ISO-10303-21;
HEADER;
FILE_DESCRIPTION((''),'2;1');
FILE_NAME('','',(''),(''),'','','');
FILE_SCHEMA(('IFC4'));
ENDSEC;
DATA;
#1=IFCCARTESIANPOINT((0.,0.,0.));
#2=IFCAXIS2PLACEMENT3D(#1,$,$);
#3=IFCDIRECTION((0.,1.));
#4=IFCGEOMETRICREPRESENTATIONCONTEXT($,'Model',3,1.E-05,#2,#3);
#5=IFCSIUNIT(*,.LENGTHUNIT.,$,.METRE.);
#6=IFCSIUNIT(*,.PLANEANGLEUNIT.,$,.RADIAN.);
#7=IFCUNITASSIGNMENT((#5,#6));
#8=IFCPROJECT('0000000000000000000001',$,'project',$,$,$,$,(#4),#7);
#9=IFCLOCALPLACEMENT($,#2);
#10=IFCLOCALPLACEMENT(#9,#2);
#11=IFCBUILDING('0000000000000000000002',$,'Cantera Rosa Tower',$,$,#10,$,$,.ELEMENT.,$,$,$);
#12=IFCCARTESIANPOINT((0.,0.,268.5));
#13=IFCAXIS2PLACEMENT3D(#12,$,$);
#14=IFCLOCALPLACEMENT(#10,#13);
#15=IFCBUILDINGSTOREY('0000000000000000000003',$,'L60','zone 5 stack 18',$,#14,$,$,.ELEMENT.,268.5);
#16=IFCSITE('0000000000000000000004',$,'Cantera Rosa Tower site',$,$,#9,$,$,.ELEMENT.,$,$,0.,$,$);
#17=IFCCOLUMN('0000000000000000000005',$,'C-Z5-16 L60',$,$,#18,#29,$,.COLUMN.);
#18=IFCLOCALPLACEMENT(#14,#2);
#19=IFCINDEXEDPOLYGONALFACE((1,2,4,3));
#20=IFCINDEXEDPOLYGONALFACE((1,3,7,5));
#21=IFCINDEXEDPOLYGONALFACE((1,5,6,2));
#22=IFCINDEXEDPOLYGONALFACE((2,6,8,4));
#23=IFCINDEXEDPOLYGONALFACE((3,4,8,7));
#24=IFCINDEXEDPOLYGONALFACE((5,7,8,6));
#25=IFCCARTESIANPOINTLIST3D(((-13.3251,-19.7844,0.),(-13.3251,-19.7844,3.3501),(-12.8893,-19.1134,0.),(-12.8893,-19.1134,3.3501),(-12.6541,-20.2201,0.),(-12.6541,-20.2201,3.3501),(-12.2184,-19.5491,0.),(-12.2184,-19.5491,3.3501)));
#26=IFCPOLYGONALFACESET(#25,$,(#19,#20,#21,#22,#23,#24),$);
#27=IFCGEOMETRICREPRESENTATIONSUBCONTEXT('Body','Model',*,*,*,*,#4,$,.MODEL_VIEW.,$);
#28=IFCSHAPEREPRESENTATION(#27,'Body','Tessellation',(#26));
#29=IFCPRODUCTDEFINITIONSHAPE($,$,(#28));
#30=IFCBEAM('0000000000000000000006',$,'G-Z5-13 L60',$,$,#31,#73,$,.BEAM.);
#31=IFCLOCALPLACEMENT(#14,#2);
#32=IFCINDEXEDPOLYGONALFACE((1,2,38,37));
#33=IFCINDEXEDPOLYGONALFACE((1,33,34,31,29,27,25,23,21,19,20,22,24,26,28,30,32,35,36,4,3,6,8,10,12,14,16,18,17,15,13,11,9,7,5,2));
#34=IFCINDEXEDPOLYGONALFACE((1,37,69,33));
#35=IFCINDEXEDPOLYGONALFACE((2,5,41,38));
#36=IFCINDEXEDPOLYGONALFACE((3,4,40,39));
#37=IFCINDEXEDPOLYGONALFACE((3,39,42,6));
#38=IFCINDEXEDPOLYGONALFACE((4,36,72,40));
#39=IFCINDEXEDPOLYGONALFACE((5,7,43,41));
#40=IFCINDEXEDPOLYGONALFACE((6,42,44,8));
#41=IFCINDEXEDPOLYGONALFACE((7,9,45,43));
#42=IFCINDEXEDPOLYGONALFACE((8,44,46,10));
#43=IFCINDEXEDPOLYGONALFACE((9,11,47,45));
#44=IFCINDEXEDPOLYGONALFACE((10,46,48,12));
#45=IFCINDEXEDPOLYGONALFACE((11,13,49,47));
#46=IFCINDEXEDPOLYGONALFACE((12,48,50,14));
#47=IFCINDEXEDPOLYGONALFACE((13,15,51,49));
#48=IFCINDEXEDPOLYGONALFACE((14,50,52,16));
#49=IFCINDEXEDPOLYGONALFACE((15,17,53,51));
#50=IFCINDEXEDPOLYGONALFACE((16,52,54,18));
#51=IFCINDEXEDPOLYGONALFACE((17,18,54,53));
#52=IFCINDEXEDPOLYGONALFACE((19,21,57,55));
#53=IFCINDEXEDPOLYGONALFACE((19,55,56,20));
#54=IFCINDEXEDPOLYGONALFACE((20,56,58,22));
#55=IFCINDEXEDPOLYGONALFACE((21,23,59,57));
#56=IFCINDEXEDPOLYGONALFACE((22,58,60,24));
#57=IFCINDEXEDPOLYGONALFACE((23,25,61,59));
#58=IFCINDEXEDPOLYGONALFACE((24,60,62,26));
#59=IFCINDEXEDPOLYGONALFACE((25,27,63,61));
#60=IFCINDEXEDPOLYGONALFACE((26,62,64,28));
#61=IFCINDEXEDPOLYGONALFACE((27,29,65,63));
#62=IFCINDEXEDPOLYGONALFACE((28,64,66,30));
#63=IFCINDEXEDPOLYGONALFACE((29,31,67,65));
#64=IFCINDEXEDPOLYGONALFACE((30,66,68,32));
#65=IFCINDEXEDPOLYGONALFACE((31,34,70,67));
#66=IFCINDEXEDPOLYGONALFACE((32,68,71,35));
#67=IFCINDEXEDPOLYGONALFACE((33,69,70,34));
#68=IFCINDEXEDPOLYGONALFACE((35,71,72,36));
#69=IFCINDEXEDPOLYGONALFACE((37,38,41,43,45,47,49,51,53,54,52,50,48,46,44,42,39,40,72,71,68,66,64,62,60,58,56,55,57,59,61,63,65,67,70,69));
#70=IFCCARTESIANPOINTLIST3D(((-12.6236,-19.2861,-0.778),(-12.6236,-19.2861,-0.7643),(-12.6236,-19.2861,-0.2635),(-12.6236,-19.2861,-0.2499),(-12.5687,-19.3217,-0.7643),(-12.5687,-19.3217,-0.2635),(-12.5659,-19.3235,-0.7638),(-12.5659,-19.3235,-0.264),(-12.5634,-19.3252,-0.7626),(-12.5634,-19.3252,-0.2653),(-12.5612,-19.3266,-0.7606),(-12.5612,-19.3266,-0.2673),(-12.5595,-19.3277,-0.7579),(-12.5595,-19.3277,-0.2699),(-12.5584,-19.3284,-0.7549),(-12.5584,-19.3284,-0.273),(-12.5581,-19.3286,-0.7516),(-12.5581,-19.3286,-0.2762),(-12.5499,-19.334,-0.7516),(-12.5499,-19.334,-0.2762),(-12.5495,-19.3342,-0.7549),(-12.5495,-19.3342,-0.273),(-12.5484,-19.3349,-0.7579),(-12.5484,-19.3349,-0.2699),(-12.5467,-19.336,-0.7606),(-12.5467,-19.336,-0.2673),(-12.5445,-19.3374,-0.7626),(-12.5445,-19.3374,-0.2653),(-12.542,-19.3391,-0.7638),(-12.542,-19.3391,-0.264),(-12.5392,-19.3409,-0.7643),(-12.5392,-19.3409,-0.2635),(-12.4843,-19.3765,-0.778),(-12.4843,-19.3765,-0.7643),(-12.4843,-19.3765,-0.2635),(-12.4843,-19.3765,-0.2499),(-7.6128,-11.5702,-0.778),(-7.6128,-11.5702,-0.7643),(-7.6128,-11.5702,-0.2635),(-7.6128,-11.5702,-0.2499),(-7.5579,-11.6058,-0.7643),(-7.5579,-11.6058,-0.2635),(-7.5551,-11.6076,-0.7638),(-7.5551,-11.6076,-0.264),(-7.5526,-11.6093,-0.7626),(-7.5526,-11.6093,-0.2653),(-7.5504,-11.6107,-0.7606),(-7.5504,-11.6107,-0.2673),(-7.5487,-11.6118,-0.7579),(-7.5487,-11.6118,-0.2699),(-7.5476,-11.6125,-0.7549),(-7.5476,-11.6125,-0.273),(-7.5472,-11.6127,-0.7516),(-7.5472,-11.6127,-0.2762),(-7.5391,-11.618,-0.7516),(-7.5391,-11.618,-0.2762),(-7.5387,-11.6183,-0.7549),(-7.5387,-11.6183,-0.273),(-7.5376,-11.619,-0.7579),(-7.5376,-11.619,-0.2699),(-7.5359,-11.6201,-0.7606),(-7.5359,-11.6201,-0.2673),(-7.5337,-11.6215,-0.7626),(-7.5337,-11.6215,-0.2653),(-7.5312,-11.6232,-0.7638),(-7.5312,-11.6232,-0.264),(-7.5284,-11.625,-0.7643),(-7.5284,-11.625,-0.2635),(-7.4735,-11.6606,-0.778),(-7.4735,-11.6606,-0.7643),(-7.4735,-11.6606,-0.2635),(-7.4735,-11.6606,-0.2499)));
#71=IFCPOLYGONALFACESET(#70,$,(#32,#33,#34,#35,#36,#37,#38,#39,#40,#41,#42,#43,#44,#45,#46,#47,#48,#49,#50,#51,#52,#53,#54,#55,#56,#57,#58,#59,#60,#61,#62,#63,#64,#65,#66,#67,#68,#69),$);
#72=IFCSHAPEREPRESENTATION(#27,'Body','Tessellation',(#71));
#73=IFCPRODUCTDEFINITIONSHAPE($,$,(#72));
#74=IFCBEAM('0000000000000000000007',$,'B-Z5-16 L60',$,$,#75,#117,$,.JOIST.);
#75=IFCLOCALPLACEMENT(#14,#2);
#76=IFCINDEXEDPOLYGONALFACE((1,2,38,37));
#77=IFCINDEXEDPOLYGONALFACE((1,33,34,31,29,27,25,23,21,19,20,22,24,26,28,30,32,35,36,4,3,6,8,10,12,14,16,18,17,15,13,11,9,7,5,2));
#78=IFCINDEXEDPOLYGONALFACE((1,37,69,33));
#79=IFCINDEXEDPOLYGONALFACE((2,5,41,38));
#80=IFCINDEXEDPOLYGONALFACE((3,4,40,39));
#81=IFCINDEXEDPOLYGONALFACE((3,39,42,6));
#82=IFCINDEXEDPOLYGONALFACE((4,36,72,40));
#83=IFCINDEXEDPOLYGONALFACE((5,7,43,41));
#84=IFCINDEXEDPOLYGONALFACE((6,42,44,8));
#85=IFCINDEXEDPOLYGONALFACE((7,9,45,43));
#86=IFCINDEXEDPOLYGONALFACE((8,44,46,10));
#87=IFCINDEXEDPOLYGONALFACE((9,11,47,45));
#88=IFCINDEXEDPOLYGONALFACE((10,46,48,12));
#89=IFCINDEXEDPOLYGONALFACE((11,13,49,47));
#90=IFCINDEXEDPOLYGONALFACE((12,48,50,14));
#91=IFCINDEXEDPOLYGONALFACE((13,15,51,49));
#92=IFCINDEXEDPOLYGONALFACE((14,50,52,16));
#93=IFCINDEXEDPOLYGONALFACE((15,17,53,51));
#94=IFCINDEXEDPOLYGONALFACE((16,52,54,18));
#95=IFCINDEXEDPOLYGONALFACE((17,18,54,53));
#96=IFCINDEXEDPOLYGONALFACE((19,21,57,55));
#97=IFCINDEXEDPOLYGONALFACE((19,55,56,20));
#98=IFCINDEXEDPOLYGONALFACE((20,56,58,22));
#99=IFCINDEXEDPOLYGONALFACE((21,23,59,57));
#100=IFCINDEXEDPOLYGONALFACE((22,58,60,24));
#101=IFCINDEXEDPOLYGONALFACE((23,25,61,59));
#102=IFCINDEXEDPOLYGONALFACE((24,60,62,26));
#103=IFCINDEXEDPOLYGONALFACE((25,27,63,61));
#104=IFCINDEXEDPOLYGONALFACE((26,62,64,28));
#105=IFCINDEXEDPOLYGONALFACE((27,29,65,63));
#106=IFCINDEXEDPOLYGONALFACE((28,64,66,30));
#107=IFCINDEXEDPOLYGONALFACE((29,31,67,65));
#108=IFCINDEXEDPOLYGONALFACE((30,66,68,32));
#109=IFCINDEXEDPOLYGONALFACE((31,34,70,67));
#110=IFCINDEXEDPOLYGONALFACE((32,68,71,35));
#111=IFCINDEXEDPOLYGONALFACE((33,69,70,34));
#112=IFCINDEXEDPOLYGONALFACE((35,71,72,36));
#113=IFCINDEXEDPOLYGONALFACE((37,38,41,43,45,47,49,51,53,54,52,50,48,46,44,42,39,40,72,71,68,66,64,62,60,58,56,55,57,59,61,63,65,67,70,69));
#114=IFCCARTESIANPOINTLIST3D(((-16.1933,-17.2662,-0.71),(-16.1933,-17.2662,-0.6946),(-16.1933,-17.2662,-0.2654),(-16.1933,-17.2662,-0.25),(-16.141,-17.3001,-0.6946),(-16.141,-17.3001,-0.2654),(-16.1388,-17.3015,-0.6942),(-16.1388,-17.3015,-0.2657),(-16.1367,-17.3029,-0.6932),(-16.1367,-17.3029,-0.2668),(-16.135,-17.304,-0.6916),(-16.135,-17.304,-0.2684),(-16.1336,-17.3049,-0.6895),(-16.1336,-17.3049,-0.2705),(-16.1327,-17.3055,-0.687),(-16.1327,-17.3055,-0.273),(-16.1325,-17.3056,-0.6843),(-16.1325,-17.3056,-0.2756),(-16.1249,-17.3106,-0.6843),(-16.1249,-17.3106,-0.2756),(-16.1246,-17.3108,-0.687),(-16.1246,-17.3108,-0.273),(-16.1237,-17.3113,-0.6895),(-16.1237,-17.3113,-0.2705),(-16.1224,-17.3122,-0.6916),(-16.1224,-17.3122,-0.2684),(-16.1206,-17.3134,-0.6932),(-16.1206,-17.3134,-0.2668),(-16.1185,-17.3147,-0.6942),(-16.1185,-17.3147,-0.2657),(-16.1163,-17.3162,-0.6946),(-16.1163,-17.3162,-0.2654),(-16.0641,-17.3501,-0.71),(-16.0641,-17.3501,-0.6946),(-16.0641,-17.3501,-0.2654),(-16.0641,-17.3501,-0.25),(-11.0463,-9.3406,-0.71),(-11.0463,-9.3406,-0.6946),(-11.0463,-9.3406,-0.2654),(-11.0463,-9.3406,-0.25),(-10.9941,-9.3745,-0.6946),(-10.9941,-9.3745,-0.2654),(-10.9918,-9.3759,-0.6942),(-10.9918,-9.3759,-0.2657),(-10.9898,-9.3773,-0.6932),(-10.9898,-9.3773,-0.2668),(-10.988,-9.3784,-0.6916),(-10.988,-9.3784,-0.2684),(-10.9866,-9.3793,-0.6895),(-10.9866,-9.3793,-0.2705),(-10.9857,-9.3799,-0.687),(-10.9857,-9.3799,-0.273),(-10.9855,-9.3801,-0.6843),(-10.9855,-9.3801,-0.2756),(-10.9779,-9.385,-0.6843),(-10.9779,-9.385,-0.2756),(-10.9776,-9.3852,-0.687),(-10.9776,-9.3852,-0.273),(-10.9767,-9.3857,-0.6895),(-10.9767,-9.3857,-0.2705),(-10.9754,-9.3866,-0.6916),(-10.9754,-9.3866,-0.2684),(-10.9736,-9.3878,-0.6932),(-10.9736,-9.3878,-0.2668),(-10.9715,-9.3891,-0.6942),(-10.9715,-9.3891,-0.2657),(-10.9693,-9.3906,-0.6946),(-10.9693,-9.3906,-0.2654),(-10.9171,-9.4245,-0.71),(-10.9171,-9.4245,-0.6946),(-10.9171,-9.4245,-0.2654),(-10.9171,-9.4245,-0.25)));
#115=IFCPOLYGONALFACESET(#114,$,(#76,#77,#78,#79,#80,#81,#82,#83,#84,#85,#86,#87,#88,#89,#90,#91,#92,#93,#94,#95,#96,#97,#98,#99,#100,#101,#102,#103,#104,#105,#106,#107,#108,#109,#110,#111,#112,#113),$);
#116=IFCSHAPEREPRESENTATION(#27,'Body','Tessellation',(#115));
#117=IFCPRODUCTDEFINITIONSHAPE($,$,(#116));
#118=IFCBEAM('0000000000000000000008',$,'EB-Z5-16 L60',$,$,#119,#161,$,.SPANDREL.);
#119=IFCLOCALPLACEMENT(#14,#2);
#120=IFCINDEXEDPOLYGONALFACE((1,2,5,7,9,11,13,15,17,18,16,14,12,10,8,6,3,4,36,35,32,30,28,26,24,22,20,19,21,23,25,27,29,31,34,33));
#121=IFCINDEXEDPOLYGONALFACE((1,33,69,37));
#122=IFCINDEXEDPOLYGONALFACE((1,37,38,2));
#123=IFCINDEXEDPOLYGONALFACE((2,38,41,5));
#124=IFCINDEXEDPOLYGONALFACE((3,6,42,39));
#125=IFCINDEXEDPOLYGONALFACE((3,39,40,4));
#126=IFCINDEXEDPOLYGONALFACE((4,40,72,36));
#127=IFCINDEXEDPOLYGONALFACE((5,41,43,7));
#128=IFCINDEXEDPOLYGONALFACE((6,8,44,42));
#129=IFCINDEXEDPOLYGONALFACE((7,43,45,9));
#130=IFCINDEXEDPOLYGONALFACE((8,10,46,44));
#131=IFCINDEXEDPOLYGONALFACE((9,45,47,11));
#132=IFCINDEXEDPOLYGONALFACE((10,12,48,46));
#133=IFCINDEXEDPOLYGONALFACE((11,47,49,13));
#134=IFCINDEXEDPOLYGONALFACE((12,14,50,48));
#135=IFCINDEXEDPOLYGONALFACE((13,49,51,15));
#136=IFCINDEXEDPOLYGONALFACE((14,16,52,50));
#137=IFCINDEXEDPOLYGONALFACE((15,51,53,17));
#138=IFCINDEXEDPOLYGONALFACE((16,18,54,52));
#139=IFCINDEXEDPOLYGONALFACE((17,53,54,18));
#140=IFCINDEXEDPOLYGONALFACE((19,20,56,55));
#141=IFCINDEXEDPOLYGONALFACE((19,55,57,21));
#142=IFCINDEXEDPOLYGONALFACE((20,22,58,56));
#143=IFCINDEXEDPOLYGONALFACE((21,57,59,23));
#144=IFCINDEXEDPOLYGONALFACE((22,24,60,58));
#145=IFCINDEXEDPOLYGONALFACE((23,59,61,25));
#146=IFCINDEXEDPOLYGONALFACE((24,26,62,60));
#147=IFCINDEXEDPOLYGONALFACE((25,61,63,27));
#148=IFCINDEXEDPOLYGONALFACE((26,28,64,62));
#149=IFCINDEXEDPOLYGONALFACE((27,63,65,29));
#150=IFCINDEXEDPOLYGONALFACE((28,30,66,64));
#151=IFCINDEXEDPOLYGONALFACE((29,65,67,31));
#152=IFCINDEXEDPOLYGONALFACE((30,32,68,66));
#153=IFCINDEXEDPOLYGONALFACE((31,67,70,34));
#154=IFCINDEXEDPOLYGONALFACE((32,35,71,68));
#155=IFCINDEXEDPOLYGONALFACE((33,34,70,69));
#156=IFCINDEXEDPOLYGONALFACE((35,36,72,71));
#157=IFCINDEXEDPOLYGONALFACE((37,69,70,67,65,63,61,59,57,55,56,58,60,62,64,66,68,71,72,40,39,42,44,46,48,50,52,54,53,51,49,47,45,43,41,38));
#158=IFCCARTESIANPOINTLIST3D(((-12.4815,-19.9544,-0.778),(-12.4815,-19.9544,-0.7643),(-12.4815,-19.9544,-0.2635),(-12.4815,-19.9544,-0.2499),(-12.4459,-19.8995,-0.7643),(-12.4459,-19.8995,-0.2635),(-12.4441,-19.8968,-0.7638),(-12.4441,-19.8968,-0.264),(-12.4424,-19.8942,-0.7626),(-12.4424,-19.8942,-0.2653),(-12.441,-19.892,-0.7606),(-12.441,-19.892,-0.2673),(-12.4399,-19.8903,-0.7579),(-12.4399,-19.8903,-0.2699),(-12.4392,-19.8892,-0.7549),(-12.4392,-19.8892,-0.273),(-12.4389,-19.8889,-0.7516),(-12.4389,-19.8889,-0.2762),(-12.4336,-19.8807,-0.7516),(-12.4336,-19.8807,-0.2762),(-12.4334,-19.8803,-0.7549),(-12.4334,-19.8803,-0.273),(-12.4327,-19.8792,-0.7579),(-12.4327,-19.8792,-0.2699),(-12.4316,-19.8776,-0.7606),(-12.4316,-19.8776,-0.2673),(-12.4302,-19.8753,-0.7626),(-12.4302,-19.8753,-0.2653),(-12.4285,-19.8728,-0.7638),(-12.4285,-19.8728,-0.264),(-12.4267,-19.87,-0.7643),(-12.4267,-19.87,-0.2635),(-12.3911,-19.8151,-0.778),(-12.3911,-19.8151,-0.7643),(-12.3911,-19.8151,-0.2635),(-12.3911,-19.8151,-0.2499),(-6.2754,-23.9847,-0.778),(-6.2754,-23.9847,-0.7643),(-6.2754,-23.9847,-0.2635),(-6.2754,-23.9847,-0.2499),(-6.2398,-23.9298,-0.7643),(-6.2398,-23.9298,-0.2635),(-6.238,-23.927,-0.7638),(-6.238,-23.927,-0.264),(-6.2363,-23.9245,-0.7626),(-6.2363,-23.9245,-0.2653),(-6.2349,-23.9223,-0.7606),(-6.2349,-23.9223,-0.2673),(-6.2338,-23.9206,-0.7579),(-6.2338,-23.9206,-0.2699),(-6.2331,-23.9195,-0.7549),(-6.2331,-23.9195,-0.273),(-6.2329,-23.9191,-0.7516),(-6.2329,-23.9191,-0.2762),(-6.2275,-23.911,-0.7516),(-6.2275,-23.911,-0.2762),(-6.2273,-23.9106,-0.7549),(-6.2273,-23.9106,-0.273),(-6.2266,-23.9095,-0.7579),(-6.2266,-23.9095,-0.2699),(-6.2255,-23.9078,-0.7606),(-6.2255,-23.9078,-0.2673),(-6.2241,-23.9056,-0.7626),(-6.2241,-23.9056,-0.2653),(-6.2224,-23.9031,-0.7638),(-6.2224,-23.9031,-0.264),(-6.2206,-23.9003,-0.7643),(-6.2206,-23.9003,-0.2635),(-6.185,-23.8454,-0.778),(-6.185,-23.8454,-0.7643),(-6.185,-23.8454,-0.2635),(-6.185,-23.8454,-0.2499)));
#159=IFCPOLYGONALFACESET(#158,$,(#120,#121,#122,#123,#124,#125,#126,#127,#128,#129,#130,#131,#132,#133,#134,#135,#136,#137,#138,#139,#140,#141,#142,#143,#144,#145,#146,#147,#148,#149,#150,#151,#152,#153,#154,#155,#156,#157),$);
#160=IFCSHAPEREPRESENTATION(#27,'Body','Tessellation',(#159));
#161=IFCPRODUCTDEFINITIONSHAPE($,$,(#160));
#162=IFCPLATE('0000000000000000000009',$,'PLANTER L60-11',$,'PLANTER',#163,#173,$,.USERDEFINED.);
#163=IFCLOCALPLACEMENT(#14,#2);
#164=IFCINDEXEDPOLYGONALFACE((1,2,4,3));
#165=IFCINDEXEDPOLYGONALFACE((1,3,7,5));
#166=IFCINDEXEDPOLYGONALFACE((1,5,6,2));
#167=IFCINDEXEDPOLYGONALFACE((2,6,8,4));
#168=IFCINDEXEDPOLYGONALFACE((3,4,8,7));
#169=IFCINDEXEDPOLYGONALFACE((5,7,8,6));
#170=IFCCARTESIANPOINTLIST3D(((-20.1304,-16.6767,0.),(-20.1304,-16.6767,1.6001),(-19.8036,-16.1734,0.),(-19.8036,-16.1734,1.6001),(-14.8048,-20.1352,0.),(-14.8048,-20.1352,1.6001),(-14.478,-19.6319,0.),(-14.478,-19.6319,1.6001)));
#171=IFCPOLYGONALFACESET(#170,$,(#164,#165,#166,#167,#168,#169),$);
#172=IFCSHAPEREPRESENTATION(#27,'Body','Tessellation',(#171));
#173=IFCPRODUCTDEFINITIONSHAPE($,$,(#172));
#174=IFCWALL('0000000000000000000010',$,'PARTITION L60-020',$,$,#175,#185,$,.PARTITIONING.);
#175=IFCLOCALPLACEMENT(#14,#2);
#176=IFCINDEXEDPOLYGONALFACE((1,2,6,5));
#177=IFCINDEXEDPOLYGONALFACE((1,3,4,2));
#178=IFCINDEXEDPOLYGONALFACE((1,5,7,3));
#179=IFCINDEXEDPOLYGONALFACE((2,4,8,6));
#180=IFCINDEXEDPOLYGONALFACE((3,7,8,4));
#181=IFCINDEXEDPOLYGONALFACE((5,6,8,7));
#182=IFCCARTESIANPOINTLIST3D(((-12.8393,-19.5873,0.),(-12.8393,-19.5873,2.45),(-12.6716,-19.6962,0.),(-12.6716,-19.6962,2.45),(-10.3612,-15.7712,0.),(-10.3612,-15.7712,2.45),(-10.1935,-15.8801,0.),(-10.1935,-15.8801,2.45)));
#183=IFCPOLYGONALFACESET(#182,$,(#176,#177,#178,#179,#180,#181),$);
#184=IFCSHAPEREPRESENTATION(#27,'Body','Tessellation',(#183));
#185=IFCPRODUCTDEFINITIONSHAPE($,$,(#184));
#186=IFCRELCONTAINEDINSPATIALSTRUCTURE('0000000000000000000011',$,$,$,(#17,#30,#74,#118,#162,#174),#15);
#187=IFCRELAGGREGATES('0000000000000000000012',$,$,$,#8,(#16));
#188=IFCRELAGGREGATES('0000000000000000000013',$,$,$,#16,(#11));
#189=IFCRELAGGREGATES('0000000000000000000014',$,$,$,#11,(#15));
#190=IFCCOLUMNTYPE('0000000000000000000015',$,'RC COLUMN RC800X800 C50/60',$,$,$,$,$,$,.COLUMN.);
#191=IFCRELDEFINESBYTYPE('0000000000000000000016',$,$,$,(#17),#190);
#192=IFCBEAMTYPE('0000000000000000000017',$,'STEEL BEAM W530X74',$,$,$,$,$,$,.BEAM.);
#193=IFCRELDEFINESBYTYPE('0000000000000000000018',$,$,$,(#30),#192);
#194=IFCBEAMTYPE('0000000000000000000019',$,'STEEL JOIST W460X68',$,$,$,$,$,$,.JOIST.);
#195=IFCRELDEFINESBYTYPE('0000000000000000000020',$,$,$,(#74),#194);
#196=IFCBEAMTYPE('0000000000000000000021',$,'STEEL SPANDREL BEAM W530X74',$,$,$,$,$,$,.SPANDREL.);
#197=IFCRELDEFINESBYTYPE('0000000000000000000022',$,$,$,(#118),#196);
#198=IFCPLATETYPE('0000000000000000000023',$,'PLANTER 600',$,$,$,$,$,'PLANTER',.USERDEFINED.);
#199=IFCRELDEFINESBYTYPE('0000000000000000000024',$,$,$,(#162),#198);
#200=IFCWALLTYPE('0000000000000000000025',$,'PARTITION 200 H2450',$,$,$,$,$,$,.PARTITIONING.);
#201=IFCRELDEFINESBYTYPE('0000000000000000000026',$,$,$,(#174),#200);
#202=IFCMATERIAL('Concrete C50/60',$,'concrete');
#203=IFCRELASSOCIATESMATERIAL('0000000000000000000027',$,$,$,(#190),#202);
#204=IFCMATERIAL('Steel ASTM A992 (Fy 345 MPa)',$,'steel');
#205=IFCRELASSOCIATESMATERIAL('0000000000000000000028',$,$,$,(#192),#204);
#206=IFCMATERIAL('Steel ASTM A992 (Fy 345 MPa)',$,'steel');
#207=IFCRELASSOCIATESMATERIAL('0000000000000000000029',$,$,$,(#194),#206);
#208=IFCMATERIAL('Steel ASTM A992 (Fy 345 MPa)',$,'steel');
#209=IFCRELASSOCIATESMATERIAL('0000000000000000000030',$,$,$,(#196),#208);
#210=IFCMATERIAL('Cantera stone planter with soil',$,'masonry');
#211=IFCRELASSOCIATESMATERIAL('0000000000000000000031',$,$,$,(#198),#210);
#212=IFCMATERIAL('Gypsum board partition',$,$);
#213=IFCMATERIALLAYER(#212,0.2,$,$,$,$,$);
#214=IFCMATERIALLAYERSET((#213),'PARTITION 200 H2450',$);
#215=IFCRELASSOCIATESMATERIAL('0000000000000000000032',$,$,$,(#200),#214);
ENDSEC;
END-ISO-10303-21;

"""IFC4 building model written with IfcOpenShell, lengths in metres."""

from ifc_helpers import new_model, si_unit, direction, frame, frame_2d, origin, origin_2d, place, context, subcontext, project, spatial, rectangle, i_section, extrude, material, layer, layer_set, material_profile, profile_set, type_object, element, save


model = new_model("IFC4")

# Units and contexts
model_context = context("Model", 3, precision=1e-05, world=origin(), true_north=direction((0.0, 1.0)))
body_context = subcontext(model_context, "Body", "Model", "MODEL_VIEW")
ifc_project = project(units=[si_unit("LENGTHUNIT", "METRE"), si_unit("PLANEANGLEUNIT", "RADIAN")], contexts=[model_context])

# Site, building, storey
site_placement = place(None, origin())
site = spatial("IfcSite", under=ifc_project, at=site_placement, Name="Cantera Rosa Tower site", CompositionType="ELEMENT", RefElevation=0.0)
building_placement = place(site_placement, origin())
building = spatial("IfcBuilding", under=site, at=building_placement, Name="Cantera Rosa Tower", CompositionType="ELEMENT")
storey_placement = place(building_placement, frame((0.0, 0.0, 268.5)))
storey = spatial("IfcBuildingStorey", under=building, at=storey_placement, Name="L60", Description="zone 5 stack 18", CompositionType="ELEMENT", Elevation=268.5)

# Column
ifc_material_1 = material(Name="Concrete C50/60", Category="concrete")
ifc_material_profile_1 = material_profile(ifc_material_1, rectangle(XDim=0.8, YDim=0.8, at=origin_2d()), Name="RC COLUMN RC800X800 C50/60")
ifc_profile_set_1 = profile_set([ifc_material_profile_1], Name="Concrete C50/60")
column_type = type_object("IfcColumnType", Name="RC COLUMN RC800X800 C50/60", PredefinedType="COLUMN", material=ifc_profile_set_1)
column_placement = place(storey_placement, frame((-12.7717, -19.6667, 0.0), z_axis=(0.0, 0.0, 1.0), x_axis=(0.544639, 0.838671, 0.0)))
element("IfcColumn", 1, at=column_placement, inside=storey, type_object=column_type, Name="C-Z5-16 L60", PredefinedType="COLUMN", context=body_context, shape_type="SweptSolid", body=[
    extrude(rectangle(XDim=0.8, YDim=0.8, at=origin_2d()), origin(), (0.0, 0.0, 1.0), 3.3501),
])

# Beams
ifc_material_2 = material(Name="Steel ASTM A992 (Fy 345 MPa)", Category="steel")
ifc_material_profile_2 = material_profile(ifc_material_2, i_section(OverallWidth=0.166, OverallDepth=0.5281, WebThickness=0.0098, FlangeThickness=0.0137, FilletRadius=0.0127, at=origin_2d()), Name="W530X74")
ifc_profile_set_2 = profile_set([ifc_material_profile_2], Name="Steel ASTM A992 (Fy 345 MPa)")
beam_type_1 = type_object("IfcBeamType", Name="STEEL BEAM W530X74", PredefinedType="BEAM", material=ifc_profile_set_2)
beam_1_placement = place(storey_placement, frame((-12.554, -19.3313, -0.5139), z_axis=(0.544641, 0.838669, 0.0), x_axis=(-0.838669, 0.544641, 0.0)))
element("IfcBeam", 2, at=beam_1_placement, inside=storey, type_object=beam_type_1, Name="G-Z5-13 L60", PredefinedType="BEAM", context=body_context, shape_type="SweptSolid", body=[
    extrude(i_section(OverallWidth=0.166, OverallDepth=0.5281, WebThickness=0.0098, FlangeThickness=0.0137, FilletRadius=0.0127, at=origin_2d()), origin(), (0.0, 0.0, 1.0), 9.2002),
])
ifc_material_3 = material(Name="Steel ASTM A992 (Fy 345 MPa)", Category="steel")
ifc_material_profile_3 = material_profile(ifc_material_3, i_section(OverallWidth=0.1541, OverallDepth=0.46, WebThickness=0.009, FlangeThickness=0.0154, FilletRadius=0.0103, at=origin_2d()), Name="W460X68")
ifc_profile_set_3 = profile_set([ifc_material_profile_3], Name="Steel ASTM A992 (Fy 345 MPa)")
beam_type_2 = type_object("IfcBeamType", Name="STEEL JOIST W460X68", PredefinedType="JOIST", material=ifc_profile_set_3)
beam_2_placement = place(storey_placement, frame((-16.1287, -17.3081, -0.48), z_axis=(0.544644, 0.838667, 0.0), x_axis=(-0.838667, 0.544644, 0.0)))
element("IfcBeam", 3, at=beam_2_placement, inside=storey, type_object=beam_type_2, Name="B-Z5-16 L60", PredefinedType="JOIST", context=body_context, shape_type="SweptSolid", body=[
    extrude(i_section(OverallWidth=0.1541, OverallDepth=0.46, WebThickness=0.009, FlangeThickness=0.0154, FilletRadius=0.0103, at=origin_2d()), origin(), (0.0, 0.0, 1.0), 9.4502),
])
ifc_material_4 = material(Name="Steel ASTM A992 (Fy 345 MPa)", Category="steel")
ifc_material_profile_4 = material_profile(ifc_material_4, i_section(OverallWidth=0.166, OverallDepth=0.5281, WebThickness=0.0098, FlangeThickness=0.0137, FilletRadius=0.0127, at=origin_2d()), Name="W530X74")
ifc_profile_set_4 = profile_set([ifc_material_profile_4], Name="Steel ASTM A992 (Fy 345 MPa)")
beam_type_3 = type_object("IfcBeamType", Name="STEEL SPANDREL BEAM W530X74", PredefinedType="SPANDREL", material=ifc_profile_set_4)
beam_3_placement = place(storey_placement, frame((-12.4363, -19.8848, -0.5139), z_axis=(0.83867, -0.54464, 0.0), x_axis=(0.54464, 0.83867, 0.0)))
element("IfcBeam", 4, at=beam_3_placement, inside=storey, type_object=beam_type_3, Name="EB-Z5-16 L60", PredefinedType="SPANDREL", context=body_context, shape_type="SweptSolid", body=[
    extrude(i_section(OverallWidth=0.166, OverallDepth=0.5281, WebThickness=0.0098, FlangeThickness=0.0137, FilletRadius=0.0127, at=origin_2d()), origin(), (0.0, 0.0, 1.0), 7.3999),
])

# Plate
ifc_material_5 = material(Name="Cantera stone planter with soil", Category="masonry")
plate_type = type_object("IfcPlateType", Name="PLANTER 600", ElementType="PLANTER", PredefinedType="USERDEFINED", material=ifc_material_5)
plate_placement = place(storey_placement, frame((-17.3042, -18.1543, 0.0), z_axis=(0.0, 0.0, 1.0), x_axis=(0.838671, -0.544639, 0.0)))
element("IfcPlate", 5, at=plate_placement, inside=storey, type_object=plate_type, Name="PLANTER L60-11", ObjectType="PLANTER", PredefinedType="USERDEFINED", context=body_context, shape_type="SweptSolid", body=[
    extrude(rectangle(XDim=6.3501, YDim=0.6001, at=origin_2d()), origin(), (0.0, 0.0, 1.0), 1.6001),
])

# Wall
ifc_material_6 = material(Name="Gypsum board partition")
ifc_layer_1 = layer(ifc_material_6, 0.2)
ifc_layer_set_1 = layer_set([ifc_layer_1], Name="PARTITION 200 H2450")
wall_type_1 = type_object("IfcWallType", Name="PARTITION 200 H2450", PredefinedType="PARTITIONING", material=ifc_layer_set_1)
wall_1_placement = place(storey_placement, frame((-12.7554, -19.6416, 0.0), z_axis=(0.0, 0.0, 1.0), x_axis=(0.54463, 0.838676, 0.0)))
element("IfcWall", 6, at=wall_1_placement, inside=storey, type_object=wall_type_1, Name="PARTITION L60-020", PredefinedType="PARTITIONING", context=body_context, shape_type="SweptSolid", body=[
    extrude(rectangle(XDim=4.55, YDim=0.2, at=frame_2d((2.2749, 0.0))), origin(), (0.0, 0.0, 1.0), 2.45),
])

save(model, "model.ifc")
